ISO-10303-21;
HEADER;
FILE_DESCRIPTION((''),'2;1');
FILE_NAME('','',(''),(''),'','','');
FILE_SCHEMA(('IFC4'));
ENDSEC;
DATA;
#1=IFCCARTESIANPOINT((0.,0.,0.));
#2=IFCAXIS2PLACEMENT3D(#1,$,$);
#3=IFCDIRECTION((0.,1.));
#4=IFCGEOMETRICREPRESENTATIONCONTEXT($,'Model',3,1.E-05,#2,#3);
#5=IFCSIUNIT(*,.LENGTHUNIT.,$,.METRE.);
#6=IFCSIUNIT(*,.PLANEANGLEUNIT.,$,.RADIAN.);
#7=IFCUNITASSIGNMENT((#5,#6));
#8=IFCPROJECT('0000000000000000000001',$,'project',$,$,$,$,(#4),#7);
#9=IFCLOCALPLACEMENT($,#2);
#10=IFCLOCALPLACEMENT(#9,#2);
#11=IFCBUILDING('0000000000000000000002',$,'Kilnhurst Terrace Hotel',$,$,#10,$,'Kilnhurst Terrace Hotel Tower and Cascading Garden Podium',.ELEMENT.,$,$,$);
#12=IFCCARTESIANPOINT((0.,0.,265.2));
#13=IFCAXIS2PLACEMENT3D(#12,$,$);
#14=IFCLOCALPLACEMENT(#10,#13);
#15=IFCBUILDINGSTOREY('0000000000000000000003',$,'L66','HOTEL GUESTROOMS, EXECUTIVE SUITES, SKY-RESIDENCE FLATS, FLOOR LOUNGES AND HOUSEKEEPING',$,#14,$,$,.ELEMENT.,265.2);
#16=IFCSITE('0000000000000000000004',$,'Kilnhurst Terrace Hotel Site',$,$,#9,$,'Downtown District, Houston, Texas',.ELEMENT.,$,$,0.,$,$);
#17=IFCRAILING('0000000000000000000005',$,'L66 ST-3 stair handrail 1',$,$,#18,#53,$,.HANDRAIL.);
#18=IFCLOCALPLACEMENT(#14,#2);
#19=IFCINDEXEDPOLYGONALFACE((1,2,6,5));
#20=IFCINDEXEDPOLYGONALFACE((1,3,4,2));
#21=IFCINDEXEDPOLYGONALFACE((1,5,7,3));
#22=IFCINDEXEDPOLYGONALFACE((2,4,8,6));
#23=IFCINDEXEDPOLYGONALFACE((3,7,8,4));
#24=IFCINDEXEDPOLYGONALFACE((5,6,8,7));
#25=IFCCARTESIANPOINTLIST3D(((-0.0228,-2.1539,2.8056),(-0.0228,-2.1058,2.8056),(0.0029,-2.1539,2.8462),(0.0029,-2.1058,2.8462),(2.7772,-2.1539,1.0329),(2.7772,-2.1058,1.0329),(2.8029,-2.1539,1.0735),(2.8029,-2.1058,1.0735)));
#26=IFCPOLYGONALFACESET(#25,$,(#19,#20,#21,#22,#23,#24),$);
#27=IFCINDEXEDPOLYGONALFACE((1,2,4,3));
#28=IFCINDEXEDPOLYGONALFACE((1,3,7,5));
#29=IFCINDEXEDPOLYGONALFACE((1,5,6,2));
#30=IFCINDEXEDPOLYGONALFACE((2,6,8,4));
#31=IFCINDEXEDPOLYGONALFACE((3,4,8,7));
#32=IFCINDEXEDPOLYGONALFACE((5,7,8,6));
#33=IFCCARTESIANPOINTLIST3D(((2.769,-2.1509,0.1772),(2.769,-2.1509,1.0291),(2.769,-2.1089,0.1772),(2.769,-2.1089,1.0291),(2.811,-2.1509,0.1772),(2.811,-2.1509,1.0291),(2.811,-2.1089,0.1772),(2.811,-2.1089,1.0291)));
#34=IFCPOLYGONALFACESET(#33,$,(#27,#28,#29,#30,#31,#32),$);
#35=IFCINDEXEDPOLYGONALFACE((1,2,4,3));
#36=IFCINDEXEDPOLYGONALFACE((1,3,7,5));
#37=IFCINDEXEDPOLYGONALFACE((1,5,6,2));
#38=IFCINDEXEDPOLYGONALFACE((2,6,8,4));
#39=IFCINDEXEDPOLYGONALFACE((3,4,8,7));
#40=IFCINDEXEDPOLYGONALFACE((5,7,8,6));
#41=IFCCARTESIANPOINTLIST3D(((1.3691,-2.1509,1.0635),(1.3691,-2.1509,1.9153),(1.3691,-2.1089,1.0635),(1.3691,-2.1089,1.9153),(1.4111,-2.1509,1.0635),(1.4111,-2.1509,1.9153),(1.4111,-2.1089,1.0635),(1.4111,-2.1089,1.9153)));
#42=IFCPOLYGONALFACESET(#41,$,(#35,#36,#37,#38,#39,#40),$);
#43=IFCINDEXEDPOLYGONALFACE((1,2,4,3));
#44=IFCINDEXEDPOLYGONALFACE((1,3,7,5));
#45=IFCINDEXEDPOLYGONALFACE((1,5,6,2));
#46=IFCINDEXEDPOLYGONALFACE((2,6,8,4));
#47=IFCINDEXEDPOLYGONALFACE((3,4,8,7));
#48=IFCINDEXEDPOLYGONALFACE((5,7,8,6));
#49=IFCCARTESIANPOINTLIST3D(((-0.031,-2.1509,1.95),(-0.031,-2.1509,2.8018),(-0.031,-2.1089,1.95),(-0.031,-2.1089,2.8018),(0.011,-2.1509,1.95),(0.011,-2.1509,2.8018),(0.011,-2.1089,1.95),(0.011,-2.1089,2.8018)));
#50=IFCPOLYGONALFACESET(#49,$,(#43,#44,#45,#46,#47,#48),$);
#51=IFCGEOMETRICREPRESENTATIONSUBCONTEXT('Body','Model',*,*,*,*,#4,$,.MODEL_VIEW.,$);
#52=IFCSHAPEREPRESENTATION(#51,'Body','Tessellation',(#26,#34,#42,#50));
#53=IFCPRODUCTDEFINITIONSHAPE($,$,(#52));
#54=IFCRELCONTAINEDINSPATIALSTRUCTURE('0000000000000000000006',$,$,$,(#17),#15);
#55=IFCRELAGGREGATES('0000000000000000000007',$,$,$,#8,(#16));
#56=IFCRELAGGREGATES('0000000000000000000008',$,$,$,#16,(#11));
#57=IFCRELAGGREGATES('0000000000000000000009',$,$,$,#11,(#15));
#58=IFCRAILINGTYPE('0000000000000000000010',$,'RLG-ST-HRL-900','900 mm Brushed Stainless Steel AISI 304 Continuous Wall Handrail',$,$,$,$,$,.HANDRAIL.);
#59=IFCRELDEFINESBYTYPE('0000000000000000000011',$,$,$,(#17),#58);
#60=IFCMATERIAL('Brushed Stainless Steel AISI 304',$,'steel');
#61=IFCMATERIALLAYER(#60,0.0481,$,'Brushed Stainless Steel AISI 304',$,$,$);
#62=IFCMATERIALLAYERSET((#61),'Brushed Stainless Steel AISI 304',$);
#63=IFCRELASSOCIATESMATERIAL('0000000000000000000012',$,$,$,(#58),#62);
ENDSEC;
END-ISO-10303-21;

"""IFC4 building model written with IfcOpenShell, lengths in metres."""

from ifc_helpers import new_model, si_unit, direction, frame, origin, origin_2d, place, context, subcontext, project, spatial, rectangle, extrude, material, layer, layer_set, type_object, element, save


model = new_model("IFC4")

# Units and contexts
model_context = context("Model", 3, precision=1e-05, world=origin(), true_north=direction((0.0, 1.0)))
body_context = subcontext(model_context, "Body", "Model", "MODEL_VIEW")
ifc_project = project(units=[si_unit("LENGTHUNIT", "METRE"), si_unit("PLANEANGLEUNIT", "RADIAN")], contexts=[model_context])

# Site, building, storey
site_placement = place(None, origin())
site = spatial("IfcSite", under=ifc_project, at=site_placement, Name="Kilnhurst Terrace Hotel Site", LongName="Downtown District, Houston, Texas", CompositionType="ELEMENT", RefElevation=0.0)
building_placement = place(site_placement, origin())
building = spatial("IfcBuilding", under=site, at=building_placement, Name="Kilnhurst Terrace Hotel", LongName="Kilnhurst Terrace Hotel Tower and Cascading Garden Podium", CompositionType="ELEMENT")
storey_placement = place(building_placement, frame((0.0, 0.0, 265.2)))
storey = spatial("IfcBuildingStorey", under=building, at=storey_placement, Name="L66", Description="HOTEL GUESTROOMS, EXECUTIVE SUITES, SKY-RESIDENCE FLATS, FLOOR LOUNGES AND HOUSEKEEPING", CompositionType="ELEMENT", Elevation=265.2)

# Railing
ifc_material_1 = material(Name="Brushed Stainless Steel AISI 304", Category="steel")
ifc_layer_1 = layer(ifc_material_1, 0.0481, Name="Brushed Stainless Steel AISI 304")
ifc_layer_set_1 = layer_set([ifc_layer_1], Name="Brushed Stainless Steel AISI 304")
railing_type_1 = type_object("IfcRailingType", Name="RLG-ST-HRL-900", Description="900 mm Brushed Stainless Steel AISI 304 Continuous Wall Handrail", PredefinedType="HANDRAIL", material=ifc_layer_set_1)
railing_1_placement = place(storey_placement, frame((2.79, -2.1299, 0.1772)))
element("IfcRailing", 1, at=railing_1_placement, inside=storey, type_object=railing_type_1, Name="L66 ST-3 stair handrail 1", PredefinedType="HANDRAIL", context=body_context, shape_type="SweptSolid", body=[
    extrude(rectangle(XDim=0.0481, YDim=0.0481, at=origin_2d()), frame((0.0, 0.0, 0.876), z_axis=(-0.844909, 0.0, 0.53491), x_axis=(0.0, -1.0, 0.0)), (0.0, 0.0, 1.0), 3.314),
    extrude(rectangle(XDim=0.042, YDim=0.042, at=origin_2d()), origin(), (0.0, 0.0, 1.0), 0.8518),
    extrude(rectangle(XDim=0.042, YDim=0.042, at=origin_2d()), frame((-1.3999, 0.0, 0.8862)), (0.0, 0.0, 1.0), 0.8518),
    extrude(rectangle(XDim=0.042, YDim=0.042, at=origin_2d()), frame((-2.8, 0.0, 1.7727)), (0.0, 0.0, 1.0), 0.8518),
])

save(model, "model.ifc")
